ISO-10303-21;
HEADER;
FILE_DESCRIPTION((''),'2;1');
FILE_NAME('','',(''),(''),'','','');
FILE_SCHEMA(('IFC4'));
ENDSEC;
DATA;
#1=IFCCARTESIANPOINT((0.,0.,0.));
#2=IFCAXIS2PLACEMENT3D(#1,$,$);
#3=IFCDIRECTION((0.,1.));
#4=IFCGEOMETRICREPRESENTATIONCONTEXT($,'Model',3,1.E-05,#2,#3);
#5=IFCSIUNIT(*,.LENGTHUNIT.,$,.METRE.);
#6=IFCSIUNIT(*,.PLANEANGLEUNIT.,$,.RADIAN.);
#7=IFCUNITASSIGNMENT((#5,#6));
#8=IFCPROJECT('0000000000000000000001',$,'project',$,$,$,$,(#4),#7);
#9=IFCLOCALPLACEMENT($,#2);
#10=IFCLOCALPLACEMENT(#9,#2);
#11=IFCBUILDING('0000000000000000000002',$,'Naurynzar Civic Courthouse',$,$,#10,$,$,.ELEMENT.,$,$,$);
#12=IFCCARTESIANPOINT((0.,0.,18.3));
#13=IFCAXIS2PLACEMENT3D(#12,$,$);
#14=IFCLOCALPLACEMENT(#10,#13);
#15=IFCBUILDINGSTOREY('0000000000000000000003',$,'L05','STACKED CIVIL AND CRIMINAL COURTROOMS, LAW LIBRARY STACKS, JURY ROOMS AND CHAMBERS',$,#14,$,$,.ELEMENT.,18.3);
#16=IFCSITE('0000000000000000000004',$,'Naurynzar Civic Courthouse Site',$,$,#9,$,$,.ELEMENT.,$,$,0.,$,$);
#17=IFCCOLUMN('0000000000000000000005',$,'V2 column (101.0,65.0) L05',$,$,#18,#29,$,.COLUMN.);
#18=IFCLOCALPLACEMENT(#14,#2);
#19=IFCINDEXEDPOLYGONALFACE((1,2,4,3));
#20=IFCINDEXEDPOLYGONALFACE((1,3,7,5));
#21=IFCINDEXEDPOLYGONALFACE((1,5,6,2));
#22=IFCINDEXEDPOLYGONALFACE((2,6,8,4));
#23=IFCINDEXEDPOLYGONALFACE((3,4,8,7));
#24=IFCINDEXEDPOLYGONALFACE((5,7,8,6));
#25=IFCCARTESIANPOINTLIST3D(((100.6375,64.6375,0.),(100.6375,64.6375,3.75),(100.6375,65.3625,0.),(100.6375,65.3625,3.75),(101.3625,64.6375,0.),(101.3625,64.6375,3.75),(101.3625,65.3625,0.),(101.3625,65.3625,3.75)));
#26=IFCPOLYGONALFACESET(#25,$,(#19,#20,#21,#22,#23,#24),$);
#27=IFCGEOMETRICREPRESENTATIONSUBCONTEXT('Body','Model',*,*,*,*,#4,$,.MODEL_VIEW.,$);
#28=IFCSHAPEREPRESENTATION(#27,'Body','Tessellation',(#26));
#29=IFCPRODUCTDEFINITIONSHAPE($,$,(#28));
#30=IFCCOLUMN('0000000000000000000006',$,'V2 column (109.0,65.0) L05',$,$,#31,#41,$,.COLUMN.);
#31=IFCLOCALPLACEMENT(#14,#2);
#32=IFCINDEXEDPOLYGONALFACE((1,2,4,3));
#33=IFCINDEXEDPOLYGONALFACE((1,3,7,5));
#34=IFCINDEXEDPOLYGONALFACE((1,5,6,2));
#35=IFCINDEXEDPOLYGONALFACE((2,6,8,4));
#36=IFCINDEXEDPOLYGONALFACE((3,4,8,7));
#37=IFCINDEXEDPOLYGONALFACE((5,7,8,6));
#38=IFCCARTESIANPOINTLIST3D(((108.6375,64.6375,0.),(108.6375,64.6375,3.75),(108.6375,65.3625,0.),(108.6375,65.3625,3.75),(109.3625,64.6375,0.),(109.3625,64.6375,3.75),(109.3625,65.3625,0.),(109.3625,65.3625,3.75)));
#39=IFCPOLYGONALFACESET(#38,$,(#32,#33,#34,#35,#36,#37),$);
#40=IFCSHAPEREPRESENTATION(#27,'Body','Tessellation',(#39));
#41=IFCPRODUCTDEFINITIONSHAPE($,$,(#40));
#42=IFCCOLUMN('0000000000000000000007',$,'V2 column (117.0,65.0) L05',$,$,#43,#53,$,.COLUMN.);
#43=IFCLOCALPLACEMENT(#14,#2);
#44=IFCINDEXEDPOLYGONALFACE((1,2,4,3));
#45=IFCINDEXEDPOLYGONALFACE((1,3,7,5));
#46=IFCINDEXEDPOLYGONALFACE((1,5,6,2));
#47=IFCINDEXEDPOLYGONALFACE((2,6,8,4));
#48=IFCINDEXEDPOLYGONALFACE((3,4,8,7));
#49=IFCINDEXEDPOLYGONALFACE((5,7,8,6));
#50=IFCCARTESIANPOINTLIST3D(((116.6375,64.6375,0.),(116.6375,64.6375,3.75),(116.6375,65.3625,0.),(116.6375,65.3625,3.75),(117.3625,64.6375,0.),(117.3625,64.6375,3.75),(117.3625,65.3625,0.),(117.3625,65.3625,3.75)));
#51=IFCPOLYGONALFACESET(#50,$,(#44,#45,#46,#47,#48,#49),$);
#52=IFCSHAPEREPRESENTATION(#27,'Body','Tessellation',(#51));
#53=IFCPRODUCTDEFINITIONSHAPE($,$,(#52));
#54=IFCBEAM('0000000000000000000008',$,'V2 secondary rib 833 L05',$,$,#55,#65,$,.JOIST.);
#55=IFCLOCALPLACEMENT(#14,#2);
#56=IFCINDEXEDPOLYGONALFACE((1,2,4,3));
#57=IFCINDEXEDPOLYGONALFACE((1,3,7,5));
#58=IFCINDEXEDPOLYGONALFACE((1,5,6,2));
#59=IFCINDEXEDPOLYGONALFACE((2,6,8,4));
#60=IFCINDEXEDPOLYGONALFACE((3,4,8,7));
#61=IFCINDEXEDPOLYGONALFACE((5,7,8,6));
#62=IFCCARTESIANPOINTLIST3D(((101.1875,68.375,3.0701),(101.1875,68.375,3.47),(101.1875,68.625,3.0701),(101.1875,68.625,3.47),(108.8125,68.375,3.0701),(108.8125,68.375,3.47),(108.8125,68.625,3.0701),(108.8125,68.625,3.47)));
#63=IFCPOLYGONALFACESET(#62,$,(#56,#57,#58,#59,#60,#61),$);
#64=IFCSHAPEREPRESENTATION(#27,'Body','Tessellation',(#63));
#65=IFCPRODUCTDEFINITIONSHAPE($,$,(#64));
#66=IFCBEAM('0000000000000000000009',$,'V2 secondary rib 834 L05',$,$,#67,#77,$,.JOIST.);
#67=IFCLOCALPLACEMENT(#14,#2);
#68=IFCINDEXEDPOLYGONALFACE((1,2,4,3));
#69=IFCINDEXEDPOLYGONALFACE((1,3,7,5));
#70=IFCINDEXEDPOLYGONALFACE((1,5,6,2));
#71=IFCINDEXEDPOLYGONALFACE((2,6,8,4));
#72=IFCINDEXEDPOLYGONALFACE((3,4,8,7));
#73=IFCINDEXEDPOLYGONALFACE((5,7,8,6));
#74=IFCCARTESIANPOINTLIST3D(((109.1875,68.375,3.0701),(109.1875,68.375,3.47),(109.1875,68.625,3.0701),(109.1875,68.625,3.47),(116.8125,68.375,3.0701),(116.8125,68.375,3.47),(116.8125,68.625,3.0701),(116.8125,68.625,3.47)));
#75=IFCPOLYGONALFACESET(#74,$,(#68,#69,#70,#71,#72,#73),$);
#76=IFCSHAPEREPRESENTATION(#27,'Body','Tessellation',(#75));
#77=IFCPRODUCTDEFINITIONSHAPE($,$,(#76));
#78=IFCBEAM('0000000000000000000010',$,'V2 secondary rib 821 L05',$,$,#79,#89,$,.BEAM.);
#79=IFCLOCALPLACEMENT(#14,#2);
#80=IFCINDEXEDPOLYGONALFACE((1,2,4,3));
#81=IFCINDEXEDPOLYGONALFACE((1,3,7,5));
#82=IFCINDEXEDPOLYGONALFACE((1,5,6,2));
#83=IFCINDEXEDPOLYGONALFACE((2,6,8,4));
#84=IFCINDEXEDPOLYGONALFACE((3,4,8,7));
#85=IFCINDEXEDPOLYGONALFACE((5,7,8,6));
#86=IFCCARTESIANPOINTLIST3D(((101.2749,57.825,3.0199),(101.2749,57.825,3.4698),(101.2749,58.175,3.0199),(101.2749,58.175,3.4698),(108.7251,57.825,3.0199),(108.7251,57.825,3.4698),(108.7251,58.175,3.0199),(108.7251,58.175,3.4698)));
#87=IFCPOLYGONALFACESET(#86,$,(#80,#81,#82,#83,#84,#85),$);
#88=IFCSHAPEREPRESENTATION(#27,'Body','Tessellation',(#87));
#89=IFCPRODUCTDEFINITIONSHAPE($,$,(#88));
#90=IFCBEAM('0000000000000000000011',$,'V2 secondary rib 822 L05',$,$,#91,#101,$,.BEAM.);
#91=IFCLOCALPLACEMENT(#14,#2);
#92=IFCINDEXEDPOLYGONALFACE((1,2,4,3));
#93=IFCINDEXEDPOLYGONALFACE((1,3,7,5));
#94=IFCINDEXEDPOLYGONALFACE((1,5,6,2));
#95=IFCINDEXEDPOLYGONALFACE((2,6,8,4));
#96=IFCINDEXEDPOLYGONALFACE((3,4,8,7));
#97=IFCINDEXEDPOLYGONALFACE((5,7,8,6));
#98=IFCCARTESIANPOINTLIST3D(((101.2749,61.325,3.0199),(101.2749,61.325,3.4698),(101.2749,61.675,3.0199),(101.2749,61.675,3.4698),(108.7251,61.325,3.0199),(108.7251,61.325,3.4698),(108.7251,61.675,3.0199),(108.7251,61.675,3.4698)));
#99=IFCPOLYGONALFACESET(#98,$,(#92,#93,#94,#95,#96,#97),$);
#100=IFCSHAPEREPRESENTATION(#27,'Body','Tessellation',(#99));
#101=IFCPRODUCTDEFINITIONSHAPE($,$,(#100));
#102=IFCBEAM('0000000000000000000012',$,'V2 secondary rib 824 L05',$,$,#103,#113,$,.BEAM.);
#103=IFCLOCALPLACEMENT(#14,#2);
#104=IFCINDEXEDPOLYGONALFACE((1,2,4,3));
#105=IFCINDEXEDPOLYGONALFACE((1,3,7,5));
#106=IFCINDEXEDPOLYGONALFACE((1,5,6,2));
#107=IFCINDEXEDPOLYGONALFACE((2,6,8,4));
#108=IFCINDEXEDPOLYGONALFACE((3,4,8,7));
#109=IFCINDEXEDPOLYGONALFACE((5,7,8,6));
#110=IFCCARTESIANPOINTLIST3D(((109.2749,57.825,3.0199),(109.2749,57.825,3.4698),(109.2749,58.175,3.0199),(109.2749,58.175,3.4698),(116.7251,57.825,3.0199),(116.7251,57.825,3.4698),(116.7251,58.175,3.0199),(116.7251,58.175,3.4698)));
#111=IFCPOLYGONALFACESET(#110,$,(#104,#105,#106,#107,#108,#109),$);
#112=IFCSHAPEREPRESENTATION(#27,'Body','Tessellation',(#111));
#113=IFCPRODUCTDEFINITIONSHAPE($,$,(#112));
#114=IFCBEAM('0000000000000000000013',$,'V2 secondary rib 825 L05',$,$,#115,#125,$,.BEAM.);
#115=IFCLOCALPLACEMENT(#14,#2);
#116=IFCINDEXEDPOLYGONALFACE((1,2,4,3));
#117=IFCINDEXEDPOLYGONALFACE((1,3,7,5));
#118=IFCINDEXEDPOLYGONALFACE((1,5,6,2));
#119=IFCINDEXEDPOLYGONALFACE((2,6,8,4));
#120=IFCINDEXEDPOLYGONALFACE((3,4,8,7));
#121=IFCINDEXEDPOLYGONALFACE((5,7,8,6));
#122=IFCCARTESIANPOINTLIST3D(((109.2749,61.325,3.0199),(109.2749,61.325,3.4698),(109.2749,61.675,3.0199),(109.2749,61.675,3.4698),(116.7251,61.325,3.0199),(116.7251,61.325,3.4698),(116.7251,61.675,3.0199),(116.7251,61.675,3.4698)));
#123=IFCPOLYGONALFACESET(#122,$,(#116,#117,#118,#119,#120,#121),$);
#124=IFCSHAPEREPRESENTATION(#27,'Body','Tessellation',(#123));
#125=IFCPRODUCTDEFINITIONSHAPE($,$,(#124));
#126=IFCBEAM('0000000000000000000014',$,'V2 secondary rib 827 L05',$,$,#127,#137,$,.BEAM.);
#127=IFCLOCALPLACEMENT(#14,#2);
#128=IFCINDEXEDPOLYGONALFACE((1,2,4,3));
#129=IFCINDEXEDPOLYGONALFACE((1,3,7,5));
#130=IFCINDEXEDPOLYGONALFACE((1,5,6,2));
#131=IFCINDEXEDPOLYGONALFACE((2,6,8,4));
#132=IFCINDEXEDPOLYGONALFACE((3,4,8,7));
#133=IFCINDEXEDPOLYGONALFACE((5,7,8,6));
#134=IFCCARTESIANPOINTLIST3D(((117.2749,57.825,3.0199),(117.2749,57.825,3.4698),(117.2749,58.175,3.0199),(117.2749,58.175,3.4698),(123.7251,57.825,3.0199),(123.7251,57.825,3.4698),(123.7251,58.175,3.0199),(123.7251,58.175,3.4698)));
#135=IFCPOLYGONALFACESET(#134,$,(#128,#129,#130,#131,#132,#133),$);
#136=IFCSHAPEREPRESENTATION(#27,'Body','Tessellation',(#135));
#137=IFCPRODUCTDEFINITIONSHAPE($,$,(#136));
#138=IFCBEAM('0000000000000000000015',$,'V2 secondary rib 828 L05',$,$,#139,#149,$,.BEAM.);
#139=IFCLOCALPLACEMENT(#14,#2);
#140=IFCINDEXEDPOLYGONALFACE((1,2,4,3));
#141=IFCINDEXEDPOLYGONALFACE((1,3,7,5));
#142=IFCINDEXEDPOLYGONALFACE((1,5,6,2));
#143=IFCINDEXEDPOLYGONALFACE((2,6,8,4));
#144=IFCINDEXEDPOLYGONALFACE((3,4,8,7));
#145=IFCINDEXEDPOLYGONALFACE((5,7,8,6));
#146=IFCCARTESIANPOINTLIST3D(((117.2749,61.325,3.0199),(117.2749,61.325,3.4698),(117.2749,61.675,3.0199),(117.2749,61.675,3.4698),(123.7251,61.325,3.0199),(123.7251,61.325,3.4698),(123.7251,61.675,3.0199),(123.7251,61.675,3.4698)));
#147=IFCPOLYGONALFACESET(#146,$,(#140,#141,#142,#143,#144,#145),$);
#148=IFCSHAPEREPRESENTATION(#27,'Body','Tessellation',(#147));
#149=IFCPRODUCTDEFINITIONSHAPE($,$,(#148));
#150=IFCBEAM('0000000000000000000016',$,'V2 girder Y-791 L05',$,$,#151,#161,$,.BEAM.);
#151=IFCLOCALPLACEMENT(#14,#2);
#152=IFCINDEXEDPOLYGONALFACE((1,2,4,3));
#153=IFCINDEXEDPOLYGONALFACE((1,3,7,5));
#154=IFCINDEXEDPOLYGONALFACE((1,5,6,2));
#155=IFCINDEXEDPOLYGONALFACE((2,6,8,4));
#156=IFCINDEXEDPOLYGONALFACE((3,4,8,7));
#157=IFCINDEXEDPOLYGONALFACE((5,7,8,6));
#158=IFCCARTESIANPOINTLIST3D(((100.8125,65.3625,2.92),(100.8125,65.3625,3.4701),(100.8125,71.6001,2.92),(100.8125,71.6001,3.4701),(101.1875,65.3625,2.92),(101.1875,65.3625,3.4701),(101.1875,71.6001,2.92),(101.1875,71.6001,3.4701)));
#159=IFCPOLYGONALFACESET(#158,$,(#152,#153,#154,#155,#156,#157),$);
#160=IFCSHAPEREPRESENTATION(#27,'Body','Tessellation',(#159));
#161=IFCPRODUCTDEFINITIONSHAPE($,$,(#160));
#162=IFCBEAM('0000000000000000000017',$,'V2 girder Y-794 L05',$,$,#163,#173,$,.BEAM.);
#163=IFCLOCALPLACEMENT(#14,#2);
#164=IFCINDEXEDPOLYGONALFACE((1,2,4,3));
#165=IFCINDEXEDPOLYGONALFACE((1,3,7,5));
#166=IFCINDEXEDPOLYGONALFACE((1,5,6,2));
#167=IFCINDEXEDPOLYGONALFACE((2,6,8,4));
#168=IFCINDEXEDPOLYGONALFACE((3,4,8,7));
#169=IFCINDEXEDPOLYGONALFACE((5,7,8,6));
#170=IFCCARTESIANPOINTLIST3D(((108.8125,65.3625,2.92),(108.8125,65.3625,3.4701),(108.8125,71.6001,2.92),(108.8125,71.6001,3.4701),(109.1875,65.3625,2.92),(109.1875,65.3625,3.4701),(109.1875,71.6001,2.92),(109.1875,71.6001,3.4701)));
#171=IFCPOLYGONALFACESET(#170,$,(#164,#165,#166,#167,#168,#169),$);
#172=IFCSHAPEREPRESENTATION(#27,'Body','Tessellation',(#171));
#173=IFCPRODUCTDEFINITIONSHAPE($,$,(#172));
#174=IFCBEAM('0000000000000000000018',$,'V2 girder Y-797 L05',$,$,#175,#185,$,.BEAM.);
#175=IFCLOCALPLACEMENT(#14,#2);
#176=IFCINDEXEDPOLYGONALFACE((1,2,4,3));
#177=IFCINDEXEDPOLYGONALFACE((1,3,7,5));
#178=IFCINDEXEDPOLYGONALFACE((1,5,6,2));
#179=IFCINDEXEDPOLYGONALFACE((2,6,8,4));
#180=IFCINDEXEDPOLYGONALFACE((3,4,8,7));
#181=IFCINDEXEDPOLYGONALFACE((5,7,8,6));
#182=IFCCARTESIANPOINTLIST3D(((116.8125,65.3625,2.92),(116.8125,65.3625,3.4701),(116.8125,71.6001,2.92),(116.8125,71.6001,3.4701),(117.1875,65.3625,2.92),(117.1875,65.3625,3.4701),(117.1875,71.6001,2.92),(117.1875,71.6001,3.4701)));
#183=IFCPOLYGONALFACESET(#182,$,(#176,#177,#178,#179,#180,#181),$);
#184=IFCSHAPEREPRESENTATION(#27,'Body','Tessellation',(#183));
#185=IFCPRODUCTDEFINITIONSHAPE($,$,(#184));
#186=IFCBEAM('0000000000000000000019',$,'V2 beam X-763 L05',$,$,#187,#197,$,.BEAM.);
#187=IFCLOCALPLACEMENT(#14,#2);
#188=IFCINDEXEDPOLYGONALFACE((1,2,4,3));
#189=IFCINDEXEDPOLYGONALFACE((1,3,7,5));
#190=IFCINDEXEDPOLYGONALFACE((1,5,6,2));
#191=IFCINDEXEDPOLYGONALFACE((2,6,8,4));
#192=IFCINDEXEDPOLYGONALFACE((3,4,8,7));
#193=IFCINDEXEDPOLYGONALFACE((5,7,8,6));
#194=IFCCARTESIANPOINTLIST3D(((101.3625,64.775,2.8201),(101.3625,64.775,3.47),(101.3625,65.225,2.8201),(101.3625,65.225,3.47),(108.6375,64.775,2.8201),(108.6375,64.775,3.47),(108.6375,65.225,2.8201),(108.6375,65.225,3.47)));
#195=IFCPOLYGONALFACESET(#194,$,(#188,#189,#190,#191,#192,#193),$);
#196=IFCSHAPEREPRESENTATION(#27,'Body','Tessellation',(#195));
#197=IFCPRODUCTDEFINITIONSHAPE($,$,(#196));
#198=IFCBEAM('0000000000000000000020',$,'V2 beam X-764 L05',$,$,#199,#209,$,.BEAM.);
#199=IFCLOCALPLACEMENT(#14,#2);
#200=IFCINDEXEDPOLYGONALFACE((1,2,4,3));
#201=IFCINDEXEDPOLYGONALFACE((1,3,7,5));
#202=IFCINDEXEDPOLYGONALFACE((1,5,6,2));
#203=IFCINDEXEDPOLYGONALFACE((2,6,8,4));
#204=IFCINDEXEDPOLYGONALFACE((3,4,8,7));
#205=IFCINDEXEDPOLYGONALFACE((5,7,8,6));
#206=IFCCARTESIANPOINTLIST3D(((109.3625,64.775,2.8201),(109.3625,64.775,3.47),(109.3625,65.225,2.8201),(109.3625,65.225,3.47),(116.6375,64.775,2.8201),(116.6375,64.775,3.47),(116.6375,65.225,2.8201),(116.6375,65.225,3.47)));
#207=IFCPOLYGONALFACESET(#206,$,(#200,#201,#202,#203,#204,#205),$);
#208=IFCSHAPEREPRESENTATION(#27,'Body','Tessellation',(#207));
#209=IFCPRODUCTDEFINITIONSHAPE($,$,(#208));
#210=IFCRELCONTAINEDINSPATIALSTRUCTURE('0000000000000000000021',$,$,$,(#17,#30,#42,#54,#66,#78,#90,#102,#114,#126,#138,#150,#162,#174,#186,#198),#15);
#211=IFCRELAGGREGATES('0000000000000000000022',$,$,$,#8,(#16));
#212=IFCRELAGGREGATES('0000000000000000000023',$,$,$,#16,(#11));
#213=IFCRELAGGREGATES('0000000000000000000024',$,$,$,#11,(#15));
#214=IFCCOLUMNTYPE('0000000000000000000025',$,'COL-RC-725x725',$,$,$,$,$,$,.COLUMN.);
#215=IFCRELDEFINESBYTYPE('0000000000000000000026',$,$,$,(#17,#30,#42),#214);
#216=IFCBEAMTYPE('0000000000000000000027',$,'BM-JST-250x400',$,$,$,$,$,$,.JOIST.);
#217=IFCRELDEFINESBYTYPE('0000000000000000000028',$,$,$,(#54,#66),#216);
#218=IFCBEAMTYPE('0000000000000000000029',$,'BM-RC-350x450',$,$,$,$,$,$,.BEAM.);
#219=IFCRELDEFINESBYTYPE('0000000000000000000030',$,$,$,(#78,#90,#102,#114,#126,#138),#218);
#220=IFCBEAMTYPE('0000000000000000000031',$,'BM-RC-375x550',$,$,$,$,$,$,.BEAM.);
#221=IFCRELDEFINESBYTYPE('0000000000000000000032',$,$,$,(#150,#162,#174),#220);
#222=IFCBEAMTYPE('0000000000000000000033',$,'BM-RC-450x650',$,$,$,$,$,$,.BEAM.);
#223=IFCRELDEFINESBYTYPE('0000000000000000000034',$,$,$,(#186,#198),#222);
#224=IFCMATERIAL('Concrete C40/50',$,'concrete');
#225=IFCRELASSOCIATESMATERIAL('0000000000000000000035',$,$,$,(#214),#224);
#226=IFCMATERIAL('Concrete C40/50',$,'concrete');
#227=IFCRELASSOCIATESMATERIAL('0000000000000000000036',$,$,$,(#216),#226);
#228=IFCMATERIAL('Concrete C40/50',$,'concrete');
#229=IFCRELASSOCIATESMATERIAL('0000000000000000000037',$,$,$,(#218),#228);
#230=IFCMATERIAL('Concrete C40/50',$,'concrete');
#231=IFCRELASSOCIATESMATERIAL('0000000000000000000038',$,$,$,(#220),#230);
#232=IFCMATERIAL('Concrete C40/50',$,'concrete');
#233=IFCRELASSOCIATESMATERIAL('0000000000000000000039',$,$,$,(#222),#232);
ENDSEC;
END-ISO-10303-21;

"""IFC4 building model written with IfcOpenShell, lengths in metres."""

from ifc_helpers import new_model, si_unit, direction, frame, origin, origin_2d, place, context, subcontext, project, spatial, rectangle, extrude, material, material_profile, profile_set, type_object, element, save


model = new_model("IFC4")

# Units and contexts
model_context = context("Model", 3, precision=1e-05, world=origin(), true_north=direction((0.0, 1.0)))
body_context = subcontext(model_context, "Body", "Model", "MODEL_VIEW")
ifc_project = project(units=[si_unit("LENGTHUNIT", "METRE"), si_unit("PLANEANGLEUNIT", "RADIAN")], contexts=[model_context])

# Site, building, storey
site_placement = place(None, origin())
site = spatial("IfcSite", under=ifc_project, at=site_placement, Name="Naurynzar Civic Courthouse Site", CompositionType="ELEMENT", RefElevation=0.0)
building_placement = place(site_placement, origin())
building = spatial("IfcBuilding", under=site, at=building_placement, Name="Naurynzar Civic Courthouse", CompositionType="ELEMENT")
storey_placement = place(building_placement, frame((0.0, 0.0, 18.3)))
storey = spatial("IfcBuildingStorey", under=building, at=storey_placement, Name="L05", Description="STACKED CIVIL AND CRIMINAL COURTROOMS, LAW LIBRARY STACKS, JURY ROOMS AND CHAMBERS", CompositionType="ELEMENT", Elevation=18.3)

# Columns
ifc_material_1 = material(Name="Concrete C40/50", Category="concrete")
ifc_material_profile_1 = material_profile(ifc_material_1, rectangle(XDim=0.7251, YDim=0.7251, at=origin_2d()), Name="RC 725x725")
ifc_profile_set_1 = profile_set([ifc_material_profile_1], Name="Concrete C40/50")
column_type = type_object("IfcColumnType", Name="COL-RC-725x725", PredefinedType="COLUMN", material=ifc_profile_set_1)
for number, where, z_axis, x_axis, name in (
    (1, (101.0, 65.0, 0.0), (0.0, 0.0, 1.0), (1.0, 0.0, 0.0), "V2 column (101.0,65.0) L05"),
    (2, (109.0, 65.0, 0.0), (0.0, 0.0, 1.0), (1.0, 0.0, 0.0), "V2 column (109.0,65.0) L05"),
    (3, (117.0, 65.0, 0.0), (0.0, 0.0, 1.0), (1.0, 0.0, 0.0), "V2 column (117.0,65.0) L05"),
):
    element("IfcColumn", number, at=place(storey_placement, frame(where, z_axis=z_axis, x_axis=x_axis)), inside=storey, type_object=column_type, Name=name, PredefinedType="COLUMN", context=body_context, shape_type="SweptSolid", body=[
        extrude(rectangle(XDim=0.7251, YDim=0.7251, at=origin_2d()), origin(), (0.0, 0.0, 1.0), 3.75),
    ])

# Beams
ifc_material_2 = material(Name="Concrete C40/50", Category="concrete")
ifc_material_profile_2 = material_profile(ifc_material_2, rectangle(XDim=0.25, YDim=0.3999, at=origin_2d()), Name="RCB 250x400")
ifc_profile_set_2 = profile_set([ifc_material_profile_2], Name="Concrete C40/50")
beam_type_1 = type_object("IfcBeamType", Name="BM-JST-250x400", PredefinedType="JOIST", material=ifc_profile_set_2)
for number, where, z_axis, x_axis, name in (
    (4, (101.1875, 68.5, 3.27), (1.0, 0.0, 0.0), (0.0, 1.0, 0.0), "V2 secondary rib 833 L05"),
    (5, (109.1875, 68.5, 3.27), (1.0, 0.0, 0.0), (0.0, 1.0, 0.0), "V2 secondary rib 834 L05"),
):
    element("IfcBeam", number, at=place(storey_placement, frame(where, z_axis=z_axis, x_axis=x_axis)), inside=storey, type_object=beam_type_1, Name=name, PredefinedType="JOIST", context=body_context, shape_type="SweptSolid", body=[
        extrude(rectangle(XDim=0.25, YDim=0.3999, at=origin_2d()), origin(), (0.0, 0.0, 1.0), 7.625),
    ])
ifc_material_3 = material(Name="Concrete C40/50", Category="concrete")
ifc_material_profile_3 = material_profile(ifc_material_3, rectangle(XDim=0.3501, YDim=0.45, at=origin_2d()), Name="RCB 350x450")
ifc_profile_set_3 = profile_set([ifc_material_profile_3], Name="Concrete C40/50")
beam_type_2 = type_object("IfcBeamType", Name="BM-RC-350x450", PredefinedType="BEAM", material=ifc_profile_set_3)
for number, where, z_axis, x_axis, name in (
    (6, (101.2749, 58.0, 3.2449), (1.0, 0.0, 0.0), (0.0, 1.0, 0.0), "V2 secondary rib 821 L05"),
    (7, (101.2749, 61.5, 3.2449), (1.0, 0.0, 0.0), (0.0, 1.0, 0.0), "V2 secondary rib 822 L05"),
    (8, (109.2749, 58.0, 3.2449), (1.0, 0.0, 0.0), (0.0, 1.0, 0.0), "V2 secondary rib 824 L05"),
    (9, (109.2749, 61.5, 3.2449), (1.0, 0.0, 0.0), (0.0, 1.0, 0.0), "V2 secondary rib 825 L05"),
):
    element("IfcBeam", number, at=place(storey_placement, frame(where, z_axis=z_axis, x_axis=x_axis)), inside=storey, type_object=beam_type_2, Name=name, PredefinedType="BEAM", context=body_context, shape_type="SweptSolid", body=[
        extrude(rectangle(XDim=0.3501, YDim=0.45, at=origin_2d()), origin(), (0.0, 0.0, 1.0), 7.4502),
    ])
for number, where, z_axis, x_axis, name in (
    (10, (117.2749, 58.0, 3.2449), (1.0, 0.0, 0.0), (0.0, 1.0, 0.0), "V2 secondary rib 827 L05"),
    (11, (117.2749, 61.5, 3.2449), (1.0, 0.0, 0.0), (0.0, 1.0, 0.0), "V2 secondary rib 828 L05"),
):
    element("IfcBeam", number, at=place(storey_placement, frame(where, z_axis=z_axis, x_axis=x_axis)), inside=storey, type_object=beam_type_2, Name=name, PredefinedType="BEAM", context=body_context, shape_type="SweptSolid", body=[
        extrude(rectangle(XDim=0.3501, YDim=0.45, at=origin_2d()), origin(), (0.0, 0.0, 1.0), 6.4502),
    ])
ifc_material_4 = material(Name="Concrete C40/50", Category="concrete")
ifc_material_profile_4 = material_profile(ifc_material_4, rectangle(XDim=0.375, YDim=0.55, at=origin_2d()), Name="RCB 375x550")
ifc_profile_set_4 = profile_set([ifc_material_profile_4], Name="Concrete C40/50")
beam_type_3 = type_object("IfcBeamType", Name="BM-RC-375x550", PredefinedType="BEAM", material=ifc_profile_set_4)
for number, where, z_axis, x_axis, name in (
    (12, (101.0, 65.3625, 3.1951), (0.0, 1.0, 0.0), (-1.0, 0.0, 0.0), "V2 girder Y-791 L05"),
    (13, (109.0, 65.3625, 3.1951), (0.0, 1.0, 0.0), (-1.0, 0.0, 0.0), "V2 girder Y-794 L05"),
    (14, (117.0, 65.3625, 3.1951), (0.0, 1.0, 0.0), (-1.0, 0.0, 0.0), "V2 girder Y-797 L05"),
):
    element("IfcBeam", number, at=place(storey_placement, frame(where, z_axis=z_axis, x_axis=x_axis)), inside=storey, type_object=beam_type_3, Name=name, PredefinedType="BEAM", context=body_context, shape_type="SweptSolid", body=[
        extrude(rectangle(XDim=0.375, YDim=0.55, at=origin_2d()), origin(), (0.0, 0.0, 1.0), 6.2375),
    ])
ifc_material_5 = material(Name="Concrete C40/50", Category="concrete")
ifc_material_profile_5 = material_profile(ifc_material_5, rectangle(XDim=0.45, YDim=0.6499, at=origin_2d()), Name="RCB 450x650")
ifc_profile_set_5 = profile_set([ifc_material_profile_5], Name="Concrete C40/50")
beam_type_4 = type_object("IfcBeamType", Name="BM-RC-450x650", PredefinedType="BEAM", material=ifc_profile_set_5)
for number, where, z_axis, x_axis, name in (
    (15, (101.3625, 65.0, 3.145), (1.0, 0.0, 0.0), (0.0, 1.0, 0.0), "V2 beam X-763 L05"),
    (16, (109.3625, 65.0, 3.145), (1.0, 0.0, 0.0), (0.0, 1.0, 0.0), "V2 beam X-764 L05"),
):
    element("IfcBeam", number, at=place(storey_placement, frame(where, z_axis=z_axis, x_axis=x_axis)), inside=storey, type_object=beam_type_4, Name=name, PredefinedType="BEAM", context=body_context, shape_type="SweptSolid", body=[
        extrude(rectangle(XDim=0.45, YDim=0.6499, at=origin_2d()), origin(), (0.0, 0.0, 1.0), 7.2749),
    ])

save(model, "model.ifc")
